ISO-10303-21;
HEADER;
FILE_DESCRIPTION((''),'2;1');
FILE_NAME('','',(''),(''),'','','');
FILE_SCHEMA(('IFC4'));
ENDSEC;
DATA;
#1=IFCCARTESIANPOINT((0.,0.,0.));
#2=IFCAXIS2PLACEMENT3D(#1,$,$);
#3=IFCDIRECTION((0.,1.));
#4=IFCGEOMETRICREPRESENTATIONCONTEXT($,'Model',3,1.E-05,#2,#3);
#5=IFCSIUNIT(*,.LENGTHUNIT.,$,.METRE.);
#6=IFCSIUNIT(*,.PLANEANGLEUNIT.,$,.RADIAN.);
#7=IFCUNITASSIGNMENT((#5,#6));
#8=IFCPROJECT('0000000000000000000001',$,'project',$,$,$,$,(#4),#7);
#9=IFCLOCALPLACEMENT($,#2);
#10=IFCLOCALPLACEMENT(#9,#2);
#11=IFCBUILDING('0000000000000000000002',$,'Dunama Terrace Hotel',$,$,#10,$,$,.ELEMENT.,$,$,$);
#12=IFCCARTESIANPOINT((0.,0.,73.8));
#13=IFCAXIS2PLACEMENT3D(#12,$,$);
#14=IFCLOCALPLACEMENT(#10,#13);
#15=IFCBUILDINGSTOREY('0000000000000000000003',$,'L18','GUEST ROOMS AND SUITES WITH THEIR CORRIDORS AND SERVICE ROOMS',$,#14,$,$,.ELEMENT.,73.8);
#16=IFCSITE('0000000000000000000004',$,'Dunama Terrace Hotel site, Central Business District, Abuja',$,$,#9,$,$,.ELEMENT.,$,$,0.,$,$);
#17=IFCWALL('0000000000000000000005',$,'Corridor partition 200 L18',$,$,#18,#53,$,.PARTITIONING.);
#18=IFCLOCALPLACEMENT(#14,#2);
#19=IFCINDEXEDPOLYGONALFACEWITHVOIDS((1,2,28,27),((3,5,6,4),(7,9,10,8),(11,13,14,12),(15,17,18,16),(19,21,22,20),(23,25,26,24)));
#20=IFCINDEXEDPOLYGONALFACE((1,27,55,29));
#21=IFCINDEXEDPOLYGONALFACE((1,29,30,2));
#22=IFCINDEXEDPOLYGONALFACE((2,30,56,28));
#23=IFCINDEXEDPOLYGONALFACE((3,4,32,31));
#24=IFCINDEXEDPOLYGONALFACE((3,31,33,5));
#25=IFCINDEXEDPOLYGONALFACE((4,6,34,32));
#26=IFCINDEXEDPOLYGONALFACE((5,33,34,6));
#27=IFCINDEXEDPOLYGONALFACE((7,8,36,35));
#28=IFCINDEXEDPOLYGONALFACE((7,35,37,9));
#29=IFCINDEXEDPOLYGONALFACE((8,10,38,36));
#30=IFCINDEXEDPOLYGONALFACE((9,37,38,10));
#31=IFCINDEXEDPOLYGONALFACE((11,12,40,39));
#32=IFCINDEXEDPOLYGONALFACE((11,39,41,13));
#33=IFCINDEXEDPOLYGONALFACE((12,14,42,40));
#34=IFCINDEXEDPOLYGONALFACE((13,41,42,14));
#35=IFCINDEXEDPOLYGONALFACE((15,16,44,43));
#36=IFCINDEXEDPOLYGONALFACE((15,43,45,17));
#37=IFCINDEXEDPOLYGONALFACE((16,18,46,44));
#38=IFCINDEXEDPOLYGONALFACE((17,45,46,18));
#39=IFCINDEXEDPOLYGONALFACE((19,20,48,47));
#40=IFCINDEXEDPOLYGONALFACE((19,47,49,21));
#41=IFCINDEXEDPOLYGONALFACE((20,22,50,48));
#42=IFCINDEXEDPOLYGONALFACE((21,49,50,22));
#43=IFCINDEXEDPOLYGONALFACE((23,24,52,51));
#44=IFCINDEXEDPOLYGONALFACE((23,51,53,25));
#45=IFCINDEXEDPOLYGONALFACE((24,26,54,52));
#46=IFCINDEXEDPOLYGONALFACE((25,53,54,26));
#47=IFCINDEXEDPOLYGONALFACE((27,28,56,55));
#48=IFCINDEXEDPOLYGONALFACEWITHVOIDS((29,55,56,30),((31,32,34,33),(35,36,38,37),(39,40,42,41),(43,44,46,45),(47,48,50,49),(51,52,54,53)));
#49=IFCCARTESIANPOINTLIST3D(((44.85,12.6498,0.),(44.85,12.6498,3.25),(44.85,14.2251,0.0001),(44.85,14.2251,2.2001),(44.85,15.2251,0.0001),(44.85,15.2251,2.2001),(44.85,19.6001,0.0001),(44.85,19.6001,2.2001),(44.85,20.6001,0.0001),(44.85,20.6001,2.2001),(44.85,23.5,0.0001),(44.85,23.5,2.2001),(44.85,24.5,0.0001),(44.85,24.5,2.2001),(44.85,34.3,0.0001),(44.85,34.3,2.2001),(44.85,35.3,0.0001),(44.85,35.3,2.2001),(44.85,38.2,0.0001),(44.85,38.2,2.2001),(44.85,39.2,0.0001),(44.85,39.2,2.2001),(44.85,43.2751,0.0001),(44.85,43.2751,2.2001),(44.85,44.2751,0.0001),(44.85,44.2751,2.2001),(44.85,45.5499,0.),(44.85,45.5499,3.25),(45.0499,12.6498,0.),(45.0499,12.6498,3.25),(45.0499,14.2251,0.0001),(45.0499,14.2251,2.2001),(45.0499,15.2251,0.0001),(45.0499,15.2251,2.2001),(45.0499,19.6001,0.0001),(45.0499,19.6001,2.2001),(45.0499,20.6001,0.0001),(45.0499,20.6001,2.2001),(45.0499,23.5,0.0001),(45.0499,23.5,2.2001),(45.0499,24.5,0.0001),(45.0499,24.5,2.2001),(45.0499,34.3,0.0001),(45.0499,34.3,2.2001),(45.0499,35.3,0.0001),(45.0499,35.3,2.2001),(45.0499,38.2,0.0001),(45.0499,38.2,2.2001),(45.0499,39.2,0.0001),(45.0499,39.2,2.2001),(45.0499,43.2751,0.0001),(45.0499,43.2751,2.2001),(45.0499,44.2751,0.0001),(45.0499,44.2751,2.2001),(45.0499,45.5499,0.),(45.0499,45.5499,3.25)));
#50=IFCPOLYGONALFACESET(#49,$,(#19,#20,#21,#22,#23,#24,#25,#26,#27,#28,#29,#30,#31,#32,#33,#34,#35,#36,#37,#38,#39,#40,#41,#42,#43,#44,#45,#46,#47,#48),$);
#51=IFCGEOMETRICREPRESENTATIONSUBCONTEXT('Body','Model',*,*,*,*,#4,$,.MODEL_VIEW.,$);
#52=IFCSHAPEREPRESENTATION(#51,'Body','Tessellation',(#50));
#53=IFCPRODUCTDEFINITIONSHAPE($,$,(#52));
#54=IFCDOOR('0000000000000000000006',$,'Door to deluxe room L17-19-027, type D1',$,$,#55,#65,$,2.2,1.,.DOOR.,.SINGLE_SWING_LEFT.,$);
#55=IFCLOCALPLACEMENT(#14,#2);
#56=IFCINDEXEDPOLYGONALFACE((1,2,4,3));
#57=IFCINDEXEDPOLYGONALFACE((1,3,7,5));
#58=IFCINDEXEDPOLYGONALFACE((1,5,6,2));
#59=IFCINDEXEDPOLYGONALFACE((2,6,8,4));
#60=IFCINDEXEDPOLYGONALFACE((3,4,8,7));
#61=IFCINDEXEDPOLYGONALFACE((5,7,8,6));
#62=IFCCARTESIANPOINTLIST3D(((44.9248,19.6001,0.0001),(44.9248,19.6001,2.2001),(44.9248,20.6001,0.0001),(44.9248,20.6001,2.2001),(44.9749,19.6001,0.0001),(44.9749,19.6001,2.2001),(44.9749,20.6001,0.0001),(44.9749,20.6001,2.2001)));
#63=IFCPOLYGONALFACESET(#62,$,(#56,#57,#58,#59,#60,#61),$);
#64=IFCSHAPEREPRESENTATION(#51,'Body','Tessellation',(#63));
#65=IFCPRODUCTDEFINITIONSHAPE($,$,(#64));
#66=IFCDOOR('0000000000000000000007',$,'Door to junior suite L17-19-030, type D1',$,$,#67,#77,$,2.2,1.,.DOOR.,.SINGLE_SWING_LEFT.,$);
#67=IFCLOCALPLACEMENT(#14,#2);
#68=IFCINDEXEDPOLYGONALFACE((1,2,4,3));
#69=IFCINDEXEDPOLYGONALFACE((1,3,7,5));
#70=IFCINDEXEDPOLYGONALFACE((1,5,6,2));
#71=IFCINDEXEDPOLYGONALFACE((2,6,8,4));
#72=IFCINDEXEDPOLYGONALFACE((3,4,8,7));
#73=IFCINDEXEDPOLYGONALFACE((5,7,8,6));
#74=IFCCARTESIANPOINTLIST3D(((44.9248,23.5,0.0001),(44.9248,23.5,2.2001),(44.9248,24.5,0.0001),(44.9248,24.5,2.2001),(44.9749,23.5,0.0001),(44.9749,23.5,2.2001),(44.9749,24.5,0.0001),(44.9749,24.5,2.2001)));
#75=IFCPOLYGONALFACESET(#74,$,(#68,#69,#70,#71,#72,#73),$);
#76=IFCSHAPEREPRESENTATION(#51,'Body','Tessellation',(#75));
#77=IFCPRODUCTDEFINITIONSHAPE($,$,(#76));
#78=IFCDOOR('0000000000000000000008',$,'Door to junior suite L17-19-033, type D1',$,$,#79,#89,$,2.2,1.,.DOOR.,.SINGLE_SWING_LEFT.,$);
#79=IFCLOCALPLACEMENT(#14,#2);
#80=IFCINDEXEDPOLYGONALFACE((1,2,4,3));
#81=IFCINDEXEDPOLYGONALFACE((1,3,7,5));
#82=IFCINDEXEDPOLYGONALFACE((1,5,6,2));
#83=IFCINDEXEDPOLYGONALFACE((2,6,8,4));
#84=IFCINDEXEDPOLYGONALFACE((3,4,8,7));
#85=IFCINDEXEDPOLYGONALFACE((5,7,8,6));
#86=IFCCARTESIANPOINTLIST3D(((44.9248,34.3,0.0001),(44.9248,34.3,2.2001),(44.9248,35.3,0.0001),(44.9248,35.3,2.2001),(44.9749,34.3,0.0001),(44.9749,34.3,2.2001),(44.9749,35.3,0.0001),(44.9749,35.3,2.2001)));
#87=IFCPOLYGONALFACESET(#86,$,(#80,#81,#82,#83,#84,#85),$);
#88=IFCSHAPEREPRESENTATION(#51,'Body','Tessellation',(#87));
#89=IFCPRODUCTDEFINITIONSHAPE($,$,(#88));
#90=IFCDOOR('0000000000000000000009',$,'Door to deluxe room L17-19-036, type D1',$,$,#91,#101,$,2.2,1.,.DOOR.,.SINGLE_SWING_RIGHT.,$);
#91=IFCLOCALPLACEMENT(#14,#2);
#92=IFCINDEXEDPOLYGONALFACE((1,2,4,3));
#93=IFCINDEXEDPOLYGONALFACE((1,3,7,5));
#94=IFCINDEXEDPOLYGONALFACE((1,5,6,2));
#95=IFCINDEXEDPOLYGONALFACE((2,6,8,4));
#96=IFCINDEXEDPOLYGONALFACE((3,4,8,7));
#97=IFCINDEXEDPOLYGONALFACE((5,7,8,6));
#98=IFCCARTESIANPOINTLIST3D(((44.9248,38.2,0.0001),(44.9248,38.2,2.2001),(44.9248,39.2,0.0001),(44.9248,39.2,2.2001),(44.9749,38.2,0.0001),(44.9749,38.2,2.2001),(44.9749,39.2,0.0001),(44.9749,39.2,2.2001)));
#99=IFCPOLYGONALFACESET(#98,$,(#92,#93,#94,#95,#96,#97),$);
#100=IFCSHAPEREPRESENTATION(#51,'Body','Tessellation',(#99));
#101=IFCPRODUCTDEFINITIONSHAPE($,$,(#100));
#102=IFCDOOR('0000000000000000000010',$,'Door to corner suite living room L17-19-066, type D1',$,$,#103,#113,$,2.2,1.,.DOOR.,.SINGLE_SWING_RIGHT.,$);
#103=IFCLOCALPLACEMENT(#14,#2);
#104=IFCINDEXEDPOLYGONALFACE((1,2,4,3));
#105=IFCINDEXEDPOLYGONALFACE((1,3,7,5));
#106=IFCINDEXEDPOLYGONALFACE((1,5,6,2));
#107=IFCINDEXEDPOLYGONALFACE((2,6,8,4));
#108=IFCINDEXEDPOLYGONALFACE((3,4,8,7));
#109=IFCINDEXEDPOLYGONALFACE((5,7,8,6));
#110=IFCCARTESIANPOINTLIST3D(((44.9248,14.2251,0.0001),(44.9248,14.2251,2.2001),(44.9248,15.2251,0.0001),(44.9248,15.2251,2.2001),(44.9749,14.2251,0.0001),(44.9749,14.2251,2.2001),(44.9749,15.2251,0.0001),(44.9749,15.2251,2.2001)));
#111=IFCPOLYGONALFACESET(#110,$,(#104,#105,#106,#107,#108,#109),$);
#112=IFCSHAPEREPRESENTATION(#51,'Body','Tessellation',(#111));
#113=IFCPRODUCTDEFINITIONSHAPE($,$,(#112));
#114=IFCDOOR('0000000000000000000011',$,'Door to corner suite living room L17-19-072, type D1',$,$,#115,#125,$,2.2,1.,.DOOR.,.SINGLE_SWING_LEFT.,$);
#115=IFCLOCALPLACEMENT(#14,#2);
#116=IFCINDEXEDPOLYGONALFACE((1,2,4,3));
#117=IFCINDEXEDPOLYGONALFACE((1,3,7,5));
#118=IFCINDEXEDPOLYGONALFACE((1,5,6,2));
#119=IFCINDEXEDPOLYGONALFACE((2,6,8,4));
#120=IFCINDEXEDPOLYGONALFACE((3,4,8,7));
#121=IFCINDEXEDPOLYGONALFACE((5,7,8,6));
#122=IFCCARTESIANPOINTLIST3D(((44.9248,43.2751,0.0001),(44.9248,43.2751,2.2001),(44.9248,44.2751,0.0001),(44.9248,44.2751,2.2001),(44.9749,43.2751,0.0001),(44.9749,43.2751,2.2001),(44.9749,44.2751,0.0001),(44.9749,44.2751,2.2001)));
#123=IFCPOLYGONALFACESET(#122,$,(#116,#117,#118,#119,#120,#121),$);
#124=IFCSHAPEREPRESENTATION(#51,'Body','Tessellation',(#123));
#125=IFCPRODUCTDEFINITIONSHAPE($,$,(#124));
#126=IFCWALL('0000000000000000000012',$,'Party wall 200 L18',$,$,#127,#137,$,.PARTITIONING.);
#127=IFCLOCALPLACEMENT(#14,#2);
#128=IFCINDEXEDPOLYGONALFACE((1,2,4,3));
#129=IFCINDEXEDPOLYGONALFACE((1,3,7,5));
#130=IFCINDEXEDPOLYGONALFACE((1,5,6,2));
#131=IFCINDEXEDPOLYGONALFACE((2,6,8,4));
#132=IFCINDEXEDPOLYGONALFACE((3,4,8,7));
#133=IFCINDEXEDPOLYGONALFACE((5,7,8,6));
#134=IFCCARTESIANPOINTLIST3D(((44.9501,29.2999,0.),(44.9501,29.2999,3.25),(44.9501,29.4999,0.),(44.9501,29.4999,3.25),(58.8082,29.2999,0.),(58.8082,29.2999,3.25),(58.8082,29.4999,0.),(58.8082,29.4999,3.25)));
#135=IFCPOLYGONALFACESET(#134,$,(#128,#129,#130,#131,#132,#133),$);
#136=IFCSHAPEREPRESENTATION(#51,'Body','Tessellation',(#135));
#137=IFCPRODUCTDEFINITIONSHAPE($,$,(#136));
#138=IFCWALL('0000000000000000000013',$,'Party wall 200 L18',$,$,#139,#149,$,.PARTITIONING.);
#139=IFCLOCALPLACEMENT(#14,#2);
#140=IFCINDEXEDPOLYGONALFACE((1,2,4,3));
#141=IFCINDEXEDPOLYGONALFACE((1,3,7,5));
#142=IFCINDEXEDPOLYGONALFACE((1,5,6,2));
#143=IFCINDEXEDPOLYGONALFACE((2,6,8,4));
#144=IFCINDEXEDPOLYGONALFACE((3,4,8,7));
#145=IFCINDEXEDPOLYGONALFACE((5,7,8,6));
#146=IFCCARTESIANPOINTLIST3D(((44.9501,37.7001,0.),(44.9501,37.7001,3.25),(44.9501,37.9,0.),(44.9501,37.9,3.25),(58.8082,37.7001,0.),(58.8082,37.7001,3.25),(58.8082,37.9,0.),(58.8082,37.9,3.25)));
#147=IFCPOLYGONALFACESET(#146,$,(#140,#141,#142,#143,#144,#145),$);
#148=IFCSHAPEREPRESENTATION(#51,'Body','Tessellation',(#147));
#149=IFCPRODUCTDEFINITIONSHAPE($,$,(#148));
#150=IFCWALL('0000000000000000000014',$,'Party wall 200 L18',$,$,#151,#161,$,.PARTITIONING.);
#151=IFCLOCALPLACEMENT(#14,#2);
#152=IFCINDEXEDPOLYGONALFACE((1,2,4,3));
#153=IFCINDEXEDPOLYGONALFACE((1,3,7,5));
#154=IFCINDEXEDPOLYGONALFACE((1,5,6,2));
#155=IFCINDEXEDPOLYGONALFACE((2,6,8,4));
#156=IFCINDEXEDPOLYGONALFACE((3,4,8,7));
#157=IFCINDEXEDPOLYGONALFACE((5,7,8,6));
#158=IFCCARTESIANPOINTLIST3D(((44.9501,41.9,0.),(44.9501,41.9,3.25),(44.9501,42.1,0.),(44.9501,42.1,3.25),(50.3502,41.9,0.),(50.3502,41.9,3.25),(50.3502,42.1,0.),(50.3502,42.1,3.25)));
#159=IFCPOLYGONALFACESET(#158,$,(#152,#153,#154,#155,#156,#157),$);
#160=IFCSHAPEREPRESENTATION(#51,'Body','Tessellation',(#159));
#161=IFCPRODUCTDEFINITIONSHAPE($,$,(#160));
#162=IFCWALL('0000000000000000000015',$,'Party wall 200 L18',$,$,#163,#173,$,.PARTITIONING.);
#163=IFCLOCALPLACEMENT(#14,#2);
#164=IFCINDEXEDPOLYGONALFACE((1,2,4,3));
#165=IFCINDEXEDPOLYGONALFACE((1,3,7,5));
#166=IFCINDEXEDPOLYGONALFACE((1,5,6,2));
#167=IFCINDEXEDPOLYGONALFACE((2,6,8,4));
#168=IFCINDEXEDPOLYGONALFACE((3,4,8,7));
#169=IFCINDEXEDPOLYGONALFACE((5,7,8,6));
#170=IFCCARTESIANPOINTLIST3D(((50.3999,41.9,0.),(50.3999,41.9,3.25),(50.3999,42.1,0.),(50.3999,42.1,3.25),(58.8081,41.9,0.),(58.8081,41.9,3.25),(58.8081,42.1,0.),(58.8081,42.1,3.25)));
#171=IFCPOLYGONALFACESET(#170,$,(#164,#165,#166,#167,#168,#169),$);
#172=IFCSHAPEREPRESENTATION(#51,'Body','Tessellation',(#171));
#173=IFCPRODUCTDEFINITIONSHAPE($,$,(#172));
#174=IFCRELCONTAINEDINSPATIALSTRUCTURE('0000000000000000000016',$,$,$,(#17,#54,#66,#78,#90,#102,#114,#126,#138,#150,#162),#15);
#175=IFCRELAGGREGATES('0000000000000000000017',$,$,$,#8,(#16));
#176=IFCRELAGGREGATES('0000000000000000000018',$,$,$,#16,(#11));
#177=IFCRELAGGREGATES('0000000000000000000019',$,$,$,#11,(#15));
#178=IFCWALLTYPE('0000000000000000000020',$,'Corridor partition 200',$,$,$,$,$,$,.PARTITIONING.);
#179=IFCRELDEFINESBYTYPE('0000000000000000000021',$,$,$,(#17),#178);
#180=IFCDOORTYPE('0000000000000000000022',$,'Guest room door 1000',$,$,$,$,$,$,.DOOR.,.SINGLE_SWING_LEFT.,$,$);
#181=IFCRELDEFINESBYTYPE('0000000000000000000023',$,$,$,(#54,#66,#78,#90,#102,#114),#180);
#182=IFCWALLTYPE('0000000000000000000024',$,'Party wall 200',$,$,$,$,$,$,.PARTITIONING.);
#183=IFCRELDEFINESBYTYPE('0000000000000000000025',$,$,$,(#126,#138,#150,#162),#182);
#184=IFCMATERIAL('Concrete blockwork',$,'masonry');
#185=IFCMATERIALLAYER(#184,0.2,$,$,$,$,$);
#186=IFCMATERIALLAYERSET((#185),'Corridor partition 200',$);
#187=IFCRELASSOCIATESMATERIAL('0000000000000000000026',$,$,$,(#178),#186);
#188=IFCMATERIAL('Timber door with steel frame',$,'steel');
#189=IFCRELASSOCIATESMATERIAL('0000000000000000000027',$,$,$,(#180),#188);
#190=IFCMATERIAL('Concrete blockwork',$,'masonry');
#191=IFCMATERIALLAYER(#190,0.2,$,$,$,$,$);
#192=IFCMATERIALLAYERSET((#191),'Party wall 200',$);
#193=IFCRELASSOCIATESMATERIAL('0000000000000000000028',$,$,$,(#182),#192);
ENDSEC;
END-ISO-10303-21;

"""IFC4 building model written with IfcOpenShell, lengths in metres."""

from ifc_helpers import new_model, si_unit, direction, frame, frame_2d, origin, place, context, subcontext, project, spatial, rectangle, extrude, material, layer, layer_set, type_object, element, fill, save


model = new_model("IFC4")

# Units and contexts
model_context = context("Model", 3, precision=1e-05, world=origin(), true_north=direction((0.0, 1.0)))
body_context = subcontext(model_context, "Body", "Model", "MODEL_VIEW")
ifc_project = project(units=[si_unit("LENGTHUNIT", "METRE"), si_unit("PLANEANGLEUNIT", "RADIAN")], contexts=[model_context])

# Site, building, storey
site_placement = place(None, origin())
site = spatial("IfcSite", under=ifc_project, at=site_placement, Name="Dunama Terrace Hotel site, Central Business District, Abuja", CompositionType="ELEMENT", RefElevation=0.0)
building_placement = place(site_placement, origin())
building = spatial("IfcBuilding", under=site, at=building_placement, Name="Dunama Terrace Hotel", CompositionType="ELEMENT")
storey_placement = place(building_placement, frame((0.0, 0.0, 73.8)))
storey = spatial("IfcBuildingStorey", under=building, at=storey_placement, Name="L18", Description="GUEST ROOMS AND SUITES WITH THEIR CORRIDORS AND SERVICE ROOMS", CompositionType="ELEMENT", Elevation=73.8)

# Wall, openings, doors
ifc_material_1 = material(Name="Concrete blockwork", Category="masonry")
ifc_layer_1 = layer(ifc_material_1, 0.2)
ifc_layer_set_1 = layer_set([ifc_layer_1], Name="Corridor partition 200")
wall_type_1 = type_object("IfcWallType", Name="Corridor partition 200", PredefinedType="PARTITIONING", material=ifc_layer_set_1)
wall_1_placement = place(storey_placement, frame((44.95, 45.55, 0.0), z_axis=(0.0, 0.0, 1.0), x_axis=(0.0, -1.0, 0.0)))
wall_1 = element("IfcWall", 1, at=wall_1_placement, inside=storey, type_object=wall_type_1, Name="Corridor partition 200 L18", PredefinedType="PARTITIONING", context=body_context, shape_type="SweptSolid", body=[
    extrude(rectangle(XDim=32.9001, YDim=0.2, at=frame_2d((16.4502, 0.0))), origin(), (0.0, 0.0, 1.0), 3.25),
])
opening_1_placement = place(wall_1_placement, frame((24.95, 0.0, 0.0)))
opening_1 = element("IfcOpeningElement", 2, at=opening_1_placement, cuts=wall_1, PredefinedType="OPENING", context=body_context, shape_type="SweptSolid", body=[
    extrude(rectangle(XDim=1.0, YDim=2.2, at=frame_2d((0.5, 1.1001))), frame((0.0, 0.1099, 0.0), z_axis=(0.0, -1.0, 0.0), x_axis=(1.0, 0.0, 0.0)), (0.0, 0.0, 1.0), 0.22),
])
opening_2_placement = place(wall_1_placement, frame((21.05, 0.0, 0.0)))
opening_2 = element("IfcOpeningElement", 3, at=opening_2_placement, cuts=wall_1, PredefinedType="OPENING", context=body_context, shape_type="SweptSolid", body=[
    extrude(rectangle(XDim=1.0, YDim=2.2, at=frame_2d((0.5, 1.1001))), frame((0.0, 0.1099, 0.0), z_axis=(0.0, -1.0, 0.0), x_axis=(1.0, 0.0, 0.0)), (0.0, 0.0, 1.0), 0.22),
])
opening_3_placement = place(wall_1_placement, frame((10.25, 0.0, 0.0)))
opening_3 = element("IfcOpeningElement", 4, at=opening_3_placement, cuts=wall_1, PredefinedType="OPENING", context=body_context, shape_type="SweptSolid", body=[
    extrude(rectangle(XDim=1.0, YDim=2.2, at=frame_2d((0.5, 1.1001))), frame((0.0, 0.1099, 0.0), z_axis=(0.0, -1.0, 0.0), x_axis=(1.0, 0.0, 0.0)), (0.0, 0.0, 1.0), 0.22),
])
opening_4_placement = place(wall_1_placement, frame((6.3501, 0.0, 0.0)))
opening_4 = element("IfcOpeningElement", 5, at=opening_4_placement, cuts=wall_1, PredefinedType="OPENING", context=body_context, shape_type="SweptSolid", body=[
    extrude(rectangle(XDim=1.0, YDim=2.2, at=frame_2d((0.5, 1.1001))), frame((0.0, 0.1099, 0.0), z_axis=(0.0, -1.0, 0.0), x_axis=(1.0, 0.0, 0.0)), (0.0, 0.0, 1.0), 0.22),
])
opening_5_placement = place(wall_1_placement, frame((30.325, 0.0, 0.0)))
opening_5 = element("IfcOpeningElement", 6, at=opening_5_placement, cuts=wall_1, PredefinedType="OPENING", context=body_context, shape_type="SweptSolid", body=[
    extrude(rectangle(XDim=1.0, YDim=2.2, at=frame_2d((0.5, 1.1001))), frame((0.0, 0.1099, 0.0), z_axis=(0.0, -1.0, 0.0), x_axis=(1.0, 0.0, 0.0)), (0.0, 0.0, 1.0), 0.22),
])
opening_6_placement = place(wall_1_placement, frame((1.2749, 0.0, 0.0)))
opening_6 = element("IfcOpeningElement", 7, at=opening_6_placement, cuts=wall_1, PredefinedType="OPENING", context=body_context, shape_type="SweptSolid", body=[
    extrude(rectangle(XDim=1.0, YDim=2.2, at=frame_2d((0.5, 1.1001))), frame((0.0, 0.1099, 0.0), z_axis=(0.0, -1.0, 0.0), x_axis=(1.0, 0.0, 0.0)), (0.0, 0.0, 1.0), 0.22),
])
ifc_material_2 = material(Name="Timber door with steel frame", Category="steel")
door_type_1 = type_object("IfcDoorType", Name="Guest room door 1000", OperationType="SINGLE_SWING_LEFT", PredefinedType="DOOR", material=ifc_material_2)
door_1_placement = place(opening_1_placement, origin())
door_1 = element("IfcDoor", 8, at=door_1_placement, inside=storey, type_object=door_type_1, Name="Door to deluxe room L17-19-027, type D1", OperationType="SINGLE_SWING_LEFT", OverallHeight=2.2, OverallWidth=1.0, PredefinedType="DOOR", context=body_context, shape_type="SweptSolid", body=[
    extrude(rectangle(XDim=1.0, YDim=2.2, at=frame_2d((0.5, 1.1001))), frame((0.0, 0.0249, 0.0), z_axis=(0.0, -1.0, 0.0), x_axis=(1.0, 0.0, 0.0)), (0.0, 0.0, 1.0), 0.05),
])
fill(opening_1, door_1)
door_2_placement = place(opening_2_placement, origin())
door_2 = element("IfcDoor", 9, at=door_2_placement, inside=storey, type_object=door_type_1, Name="Door to junior suite L17-19-030, type D1", OperationType="SINGLE_SWING_LEFT", OverallHeight=2.2, OverallWidth=1.0, PredefinedType="DOOR", context=body_context, shape_type="SweptSolid", body=[
    extrude(rectangle(XDim=1.0, YDim=2.2, at=frame_2d((0.5, 1.1001))), frame((0.0, 0.0249, 0.0), z_axis=(0.0, -1.0, 0.0), x_axis=(1.0, 0.0, 0.0)), (0.0, 0.0, 1.0), 0.05),
])
fill(opening_2, door_2)
door_3_placement = place(opening_3_placement, origin())
door_3 = element("IfcDoor", 10, at=door_3_placement, inside=storey, type_object=door_type_1, Name="Door to junior suite L17-19-033, type D1", OperationType="SINGLE_SWING_LEFT", OverallHeight=2.2, OverallWidth=1.0, PredefinedType="DOOR", context=body_context, shape_type="SweptSolid", body=[
    extrude(rectangle(XDim=1.0, YDim=2.2, at=frame_2d((0.5, 1.1001))), frame((0.0, 0.0249, 0.0), z_axis=(0.0, -1.0, 0.0), x_axis=(1.0, 0.0, 0.0)), (0.0, 0.0, 1.0), 0.05),
])
fill(opening_3, door_3)
door_4_placement = place(opening_4_placement, origin())
door_4 = element("IfcDoor", 11, at=door_4_placement, inside=storey, type_object=door_type_1, Name="Door to deluxe room L17-19-036, type D1", OperationType="SINGLE_SWING_RIGHT", OverallHeight=2.2, OverallWidth=1.0, PredefinedType="DOOR", context=body_context, shape_type="SweptSolid", body=[
    extrude(rectangle(XDim=1.0, YDim=2.2, at=frame_2d((0.5, 1.1001))), frame((0.0, 0.0249, 0.0), z_axis=(0.0, -1.0, 0.0), x_axis=(1.0, 0.0, 0.0)), (0.0, 0.0, 1.0), 0.05),
])
fill(opening_4, door_4)
door_5_placement = place(opening_5_placement, origin())
door_5 = element("IfcDoor", 12, at=door_5_placement, inside=storey, type_object=door_type_1, Name="Door to corner suite living room L17-19-066, type D1", OperationType="SINGLE_SWING_RIGHT", OverallHeight=2.2, OverallWidth=1.0, PredefinedType="DOOR", context=body_context, shape_type="SweptSolid", body=[
    extrude(rectangle(XDim=1.0, YDim=2.2, at=frame_2d((0.5, 1.1001))), frame((0.0, 0.0249, 0.0), z_axis=(0.0, -1.0, 0.0), x_axis=(1.0, 0.0, 0.0)), (0.0, 0.0, 1.0), 0.05),
])
fill(opening_5, door_5)
door_6_placement = place(opening_6_placement, origin())
door_6 = element("IfcDoor", 13, at=door_6_placement, inside=storey, type_object=door_type_1, Name="Door to corner suite living room L17-19-072, type D1", OperationType="SINGLE_SWING_LEFT", OverallHeight=2.2, OverallWidth=1.0, PredefinedType="DOOR", context=body_context, shape_type="SweptSolid", body=[
    extrude(rectangle(XDim=1.0, YDim=2.2, at=frame_2d((0.5, 1.1001))), frame((0.0, 0.0249, 0.0), z_axis=(0.0, -1.0, 0.0), x_axis=(1.0, 0.0, 0.0)), (0.0, 0.0, 1.0), 0.05),
])
fill(opening_6, door_6)

# Walls
ifc_material_3 = material(Name="Concrete blockwork", Category="masonry")
ifc_layer_2 = layer(ifc_material_3, 0.2)
ifc_layer_set_2 = layer_set([ifc_layer_2], Name="Party wall 200")
wall_type_2 = type_object("IfcWallType", Name="Party wall 200", PredefinedType="PARTITIONING", material=ifc_layer_set_2)
for number, where, z_axis, x_axis, name in (
    (14, (44.95, 29.3999, 0.0), (0.0, 0.0, 1.0), (1.0, 0.0, 0.0), "Party wall 200 L18"),
    (15, (44.95, 37.8, 0.0), (0.0, 0.0, 1.0), (1.0, 0.0, 0.0), "Party wall 200 L18"),
):
    element("IfcWall", number, at=place(storey_placement, frame(where, z_axis=z_axis, x_axis=x_axis)), inside=storey, type_object=wall_type_2, Name=name, PredefinedType="PARTITIONING", context=body_context, shape_type="SweptSolid", body=[
        extrude(rectangle(XDim=13.8582, YDim=0.2, at=frame_2d((6.9292, 0.0))), origin(), (0.0, 0.0, 1.0), 3.25),
    ])
wall_2_placement = place(storey_placement, frame((44.95, 42.0, 0.0), z_axis=(0.0, 0.0, 1.0), x_axis=(1.0, 0.0, 0.0)))
element("IfcWall", 16, at=wall_2_placement, inside=storey, type_object=wall_type_2, Name="Party wall 200 L18", PredefinedType="PARTITIONING", context=body_context, shape_type="SweptSolid", body=[
    extrude(rectangle(XDim=5.4001, YDim=0.2, at=frame_2d((2.7002, 0.0))), origin(), (0.0, 0.0, 1.0), 3.25),
])
wall_3_placement = place(storey_placement, frame((50.3999, 42.0, 0.0), z_axis=(0.0, 0.0, 1.0), x_axis=(1.0, 0.0, 0.0)))
element("IfcWall", 17, at=wall_3_placement, inside=storey, type_object=wall_type_2, Name="Party wall 200 L18", PredefinedType="PARTITIONING", context=body_context, shape_type="SweptSolid", body=[
    extrude(rectangle(XDim=8.4082, YDim=0.2, at=frame_2d((4.2041, 0.0))), origin(), (0.0, 0.0, 1.0), 3.25),
])

save(model, "model.ifc")
